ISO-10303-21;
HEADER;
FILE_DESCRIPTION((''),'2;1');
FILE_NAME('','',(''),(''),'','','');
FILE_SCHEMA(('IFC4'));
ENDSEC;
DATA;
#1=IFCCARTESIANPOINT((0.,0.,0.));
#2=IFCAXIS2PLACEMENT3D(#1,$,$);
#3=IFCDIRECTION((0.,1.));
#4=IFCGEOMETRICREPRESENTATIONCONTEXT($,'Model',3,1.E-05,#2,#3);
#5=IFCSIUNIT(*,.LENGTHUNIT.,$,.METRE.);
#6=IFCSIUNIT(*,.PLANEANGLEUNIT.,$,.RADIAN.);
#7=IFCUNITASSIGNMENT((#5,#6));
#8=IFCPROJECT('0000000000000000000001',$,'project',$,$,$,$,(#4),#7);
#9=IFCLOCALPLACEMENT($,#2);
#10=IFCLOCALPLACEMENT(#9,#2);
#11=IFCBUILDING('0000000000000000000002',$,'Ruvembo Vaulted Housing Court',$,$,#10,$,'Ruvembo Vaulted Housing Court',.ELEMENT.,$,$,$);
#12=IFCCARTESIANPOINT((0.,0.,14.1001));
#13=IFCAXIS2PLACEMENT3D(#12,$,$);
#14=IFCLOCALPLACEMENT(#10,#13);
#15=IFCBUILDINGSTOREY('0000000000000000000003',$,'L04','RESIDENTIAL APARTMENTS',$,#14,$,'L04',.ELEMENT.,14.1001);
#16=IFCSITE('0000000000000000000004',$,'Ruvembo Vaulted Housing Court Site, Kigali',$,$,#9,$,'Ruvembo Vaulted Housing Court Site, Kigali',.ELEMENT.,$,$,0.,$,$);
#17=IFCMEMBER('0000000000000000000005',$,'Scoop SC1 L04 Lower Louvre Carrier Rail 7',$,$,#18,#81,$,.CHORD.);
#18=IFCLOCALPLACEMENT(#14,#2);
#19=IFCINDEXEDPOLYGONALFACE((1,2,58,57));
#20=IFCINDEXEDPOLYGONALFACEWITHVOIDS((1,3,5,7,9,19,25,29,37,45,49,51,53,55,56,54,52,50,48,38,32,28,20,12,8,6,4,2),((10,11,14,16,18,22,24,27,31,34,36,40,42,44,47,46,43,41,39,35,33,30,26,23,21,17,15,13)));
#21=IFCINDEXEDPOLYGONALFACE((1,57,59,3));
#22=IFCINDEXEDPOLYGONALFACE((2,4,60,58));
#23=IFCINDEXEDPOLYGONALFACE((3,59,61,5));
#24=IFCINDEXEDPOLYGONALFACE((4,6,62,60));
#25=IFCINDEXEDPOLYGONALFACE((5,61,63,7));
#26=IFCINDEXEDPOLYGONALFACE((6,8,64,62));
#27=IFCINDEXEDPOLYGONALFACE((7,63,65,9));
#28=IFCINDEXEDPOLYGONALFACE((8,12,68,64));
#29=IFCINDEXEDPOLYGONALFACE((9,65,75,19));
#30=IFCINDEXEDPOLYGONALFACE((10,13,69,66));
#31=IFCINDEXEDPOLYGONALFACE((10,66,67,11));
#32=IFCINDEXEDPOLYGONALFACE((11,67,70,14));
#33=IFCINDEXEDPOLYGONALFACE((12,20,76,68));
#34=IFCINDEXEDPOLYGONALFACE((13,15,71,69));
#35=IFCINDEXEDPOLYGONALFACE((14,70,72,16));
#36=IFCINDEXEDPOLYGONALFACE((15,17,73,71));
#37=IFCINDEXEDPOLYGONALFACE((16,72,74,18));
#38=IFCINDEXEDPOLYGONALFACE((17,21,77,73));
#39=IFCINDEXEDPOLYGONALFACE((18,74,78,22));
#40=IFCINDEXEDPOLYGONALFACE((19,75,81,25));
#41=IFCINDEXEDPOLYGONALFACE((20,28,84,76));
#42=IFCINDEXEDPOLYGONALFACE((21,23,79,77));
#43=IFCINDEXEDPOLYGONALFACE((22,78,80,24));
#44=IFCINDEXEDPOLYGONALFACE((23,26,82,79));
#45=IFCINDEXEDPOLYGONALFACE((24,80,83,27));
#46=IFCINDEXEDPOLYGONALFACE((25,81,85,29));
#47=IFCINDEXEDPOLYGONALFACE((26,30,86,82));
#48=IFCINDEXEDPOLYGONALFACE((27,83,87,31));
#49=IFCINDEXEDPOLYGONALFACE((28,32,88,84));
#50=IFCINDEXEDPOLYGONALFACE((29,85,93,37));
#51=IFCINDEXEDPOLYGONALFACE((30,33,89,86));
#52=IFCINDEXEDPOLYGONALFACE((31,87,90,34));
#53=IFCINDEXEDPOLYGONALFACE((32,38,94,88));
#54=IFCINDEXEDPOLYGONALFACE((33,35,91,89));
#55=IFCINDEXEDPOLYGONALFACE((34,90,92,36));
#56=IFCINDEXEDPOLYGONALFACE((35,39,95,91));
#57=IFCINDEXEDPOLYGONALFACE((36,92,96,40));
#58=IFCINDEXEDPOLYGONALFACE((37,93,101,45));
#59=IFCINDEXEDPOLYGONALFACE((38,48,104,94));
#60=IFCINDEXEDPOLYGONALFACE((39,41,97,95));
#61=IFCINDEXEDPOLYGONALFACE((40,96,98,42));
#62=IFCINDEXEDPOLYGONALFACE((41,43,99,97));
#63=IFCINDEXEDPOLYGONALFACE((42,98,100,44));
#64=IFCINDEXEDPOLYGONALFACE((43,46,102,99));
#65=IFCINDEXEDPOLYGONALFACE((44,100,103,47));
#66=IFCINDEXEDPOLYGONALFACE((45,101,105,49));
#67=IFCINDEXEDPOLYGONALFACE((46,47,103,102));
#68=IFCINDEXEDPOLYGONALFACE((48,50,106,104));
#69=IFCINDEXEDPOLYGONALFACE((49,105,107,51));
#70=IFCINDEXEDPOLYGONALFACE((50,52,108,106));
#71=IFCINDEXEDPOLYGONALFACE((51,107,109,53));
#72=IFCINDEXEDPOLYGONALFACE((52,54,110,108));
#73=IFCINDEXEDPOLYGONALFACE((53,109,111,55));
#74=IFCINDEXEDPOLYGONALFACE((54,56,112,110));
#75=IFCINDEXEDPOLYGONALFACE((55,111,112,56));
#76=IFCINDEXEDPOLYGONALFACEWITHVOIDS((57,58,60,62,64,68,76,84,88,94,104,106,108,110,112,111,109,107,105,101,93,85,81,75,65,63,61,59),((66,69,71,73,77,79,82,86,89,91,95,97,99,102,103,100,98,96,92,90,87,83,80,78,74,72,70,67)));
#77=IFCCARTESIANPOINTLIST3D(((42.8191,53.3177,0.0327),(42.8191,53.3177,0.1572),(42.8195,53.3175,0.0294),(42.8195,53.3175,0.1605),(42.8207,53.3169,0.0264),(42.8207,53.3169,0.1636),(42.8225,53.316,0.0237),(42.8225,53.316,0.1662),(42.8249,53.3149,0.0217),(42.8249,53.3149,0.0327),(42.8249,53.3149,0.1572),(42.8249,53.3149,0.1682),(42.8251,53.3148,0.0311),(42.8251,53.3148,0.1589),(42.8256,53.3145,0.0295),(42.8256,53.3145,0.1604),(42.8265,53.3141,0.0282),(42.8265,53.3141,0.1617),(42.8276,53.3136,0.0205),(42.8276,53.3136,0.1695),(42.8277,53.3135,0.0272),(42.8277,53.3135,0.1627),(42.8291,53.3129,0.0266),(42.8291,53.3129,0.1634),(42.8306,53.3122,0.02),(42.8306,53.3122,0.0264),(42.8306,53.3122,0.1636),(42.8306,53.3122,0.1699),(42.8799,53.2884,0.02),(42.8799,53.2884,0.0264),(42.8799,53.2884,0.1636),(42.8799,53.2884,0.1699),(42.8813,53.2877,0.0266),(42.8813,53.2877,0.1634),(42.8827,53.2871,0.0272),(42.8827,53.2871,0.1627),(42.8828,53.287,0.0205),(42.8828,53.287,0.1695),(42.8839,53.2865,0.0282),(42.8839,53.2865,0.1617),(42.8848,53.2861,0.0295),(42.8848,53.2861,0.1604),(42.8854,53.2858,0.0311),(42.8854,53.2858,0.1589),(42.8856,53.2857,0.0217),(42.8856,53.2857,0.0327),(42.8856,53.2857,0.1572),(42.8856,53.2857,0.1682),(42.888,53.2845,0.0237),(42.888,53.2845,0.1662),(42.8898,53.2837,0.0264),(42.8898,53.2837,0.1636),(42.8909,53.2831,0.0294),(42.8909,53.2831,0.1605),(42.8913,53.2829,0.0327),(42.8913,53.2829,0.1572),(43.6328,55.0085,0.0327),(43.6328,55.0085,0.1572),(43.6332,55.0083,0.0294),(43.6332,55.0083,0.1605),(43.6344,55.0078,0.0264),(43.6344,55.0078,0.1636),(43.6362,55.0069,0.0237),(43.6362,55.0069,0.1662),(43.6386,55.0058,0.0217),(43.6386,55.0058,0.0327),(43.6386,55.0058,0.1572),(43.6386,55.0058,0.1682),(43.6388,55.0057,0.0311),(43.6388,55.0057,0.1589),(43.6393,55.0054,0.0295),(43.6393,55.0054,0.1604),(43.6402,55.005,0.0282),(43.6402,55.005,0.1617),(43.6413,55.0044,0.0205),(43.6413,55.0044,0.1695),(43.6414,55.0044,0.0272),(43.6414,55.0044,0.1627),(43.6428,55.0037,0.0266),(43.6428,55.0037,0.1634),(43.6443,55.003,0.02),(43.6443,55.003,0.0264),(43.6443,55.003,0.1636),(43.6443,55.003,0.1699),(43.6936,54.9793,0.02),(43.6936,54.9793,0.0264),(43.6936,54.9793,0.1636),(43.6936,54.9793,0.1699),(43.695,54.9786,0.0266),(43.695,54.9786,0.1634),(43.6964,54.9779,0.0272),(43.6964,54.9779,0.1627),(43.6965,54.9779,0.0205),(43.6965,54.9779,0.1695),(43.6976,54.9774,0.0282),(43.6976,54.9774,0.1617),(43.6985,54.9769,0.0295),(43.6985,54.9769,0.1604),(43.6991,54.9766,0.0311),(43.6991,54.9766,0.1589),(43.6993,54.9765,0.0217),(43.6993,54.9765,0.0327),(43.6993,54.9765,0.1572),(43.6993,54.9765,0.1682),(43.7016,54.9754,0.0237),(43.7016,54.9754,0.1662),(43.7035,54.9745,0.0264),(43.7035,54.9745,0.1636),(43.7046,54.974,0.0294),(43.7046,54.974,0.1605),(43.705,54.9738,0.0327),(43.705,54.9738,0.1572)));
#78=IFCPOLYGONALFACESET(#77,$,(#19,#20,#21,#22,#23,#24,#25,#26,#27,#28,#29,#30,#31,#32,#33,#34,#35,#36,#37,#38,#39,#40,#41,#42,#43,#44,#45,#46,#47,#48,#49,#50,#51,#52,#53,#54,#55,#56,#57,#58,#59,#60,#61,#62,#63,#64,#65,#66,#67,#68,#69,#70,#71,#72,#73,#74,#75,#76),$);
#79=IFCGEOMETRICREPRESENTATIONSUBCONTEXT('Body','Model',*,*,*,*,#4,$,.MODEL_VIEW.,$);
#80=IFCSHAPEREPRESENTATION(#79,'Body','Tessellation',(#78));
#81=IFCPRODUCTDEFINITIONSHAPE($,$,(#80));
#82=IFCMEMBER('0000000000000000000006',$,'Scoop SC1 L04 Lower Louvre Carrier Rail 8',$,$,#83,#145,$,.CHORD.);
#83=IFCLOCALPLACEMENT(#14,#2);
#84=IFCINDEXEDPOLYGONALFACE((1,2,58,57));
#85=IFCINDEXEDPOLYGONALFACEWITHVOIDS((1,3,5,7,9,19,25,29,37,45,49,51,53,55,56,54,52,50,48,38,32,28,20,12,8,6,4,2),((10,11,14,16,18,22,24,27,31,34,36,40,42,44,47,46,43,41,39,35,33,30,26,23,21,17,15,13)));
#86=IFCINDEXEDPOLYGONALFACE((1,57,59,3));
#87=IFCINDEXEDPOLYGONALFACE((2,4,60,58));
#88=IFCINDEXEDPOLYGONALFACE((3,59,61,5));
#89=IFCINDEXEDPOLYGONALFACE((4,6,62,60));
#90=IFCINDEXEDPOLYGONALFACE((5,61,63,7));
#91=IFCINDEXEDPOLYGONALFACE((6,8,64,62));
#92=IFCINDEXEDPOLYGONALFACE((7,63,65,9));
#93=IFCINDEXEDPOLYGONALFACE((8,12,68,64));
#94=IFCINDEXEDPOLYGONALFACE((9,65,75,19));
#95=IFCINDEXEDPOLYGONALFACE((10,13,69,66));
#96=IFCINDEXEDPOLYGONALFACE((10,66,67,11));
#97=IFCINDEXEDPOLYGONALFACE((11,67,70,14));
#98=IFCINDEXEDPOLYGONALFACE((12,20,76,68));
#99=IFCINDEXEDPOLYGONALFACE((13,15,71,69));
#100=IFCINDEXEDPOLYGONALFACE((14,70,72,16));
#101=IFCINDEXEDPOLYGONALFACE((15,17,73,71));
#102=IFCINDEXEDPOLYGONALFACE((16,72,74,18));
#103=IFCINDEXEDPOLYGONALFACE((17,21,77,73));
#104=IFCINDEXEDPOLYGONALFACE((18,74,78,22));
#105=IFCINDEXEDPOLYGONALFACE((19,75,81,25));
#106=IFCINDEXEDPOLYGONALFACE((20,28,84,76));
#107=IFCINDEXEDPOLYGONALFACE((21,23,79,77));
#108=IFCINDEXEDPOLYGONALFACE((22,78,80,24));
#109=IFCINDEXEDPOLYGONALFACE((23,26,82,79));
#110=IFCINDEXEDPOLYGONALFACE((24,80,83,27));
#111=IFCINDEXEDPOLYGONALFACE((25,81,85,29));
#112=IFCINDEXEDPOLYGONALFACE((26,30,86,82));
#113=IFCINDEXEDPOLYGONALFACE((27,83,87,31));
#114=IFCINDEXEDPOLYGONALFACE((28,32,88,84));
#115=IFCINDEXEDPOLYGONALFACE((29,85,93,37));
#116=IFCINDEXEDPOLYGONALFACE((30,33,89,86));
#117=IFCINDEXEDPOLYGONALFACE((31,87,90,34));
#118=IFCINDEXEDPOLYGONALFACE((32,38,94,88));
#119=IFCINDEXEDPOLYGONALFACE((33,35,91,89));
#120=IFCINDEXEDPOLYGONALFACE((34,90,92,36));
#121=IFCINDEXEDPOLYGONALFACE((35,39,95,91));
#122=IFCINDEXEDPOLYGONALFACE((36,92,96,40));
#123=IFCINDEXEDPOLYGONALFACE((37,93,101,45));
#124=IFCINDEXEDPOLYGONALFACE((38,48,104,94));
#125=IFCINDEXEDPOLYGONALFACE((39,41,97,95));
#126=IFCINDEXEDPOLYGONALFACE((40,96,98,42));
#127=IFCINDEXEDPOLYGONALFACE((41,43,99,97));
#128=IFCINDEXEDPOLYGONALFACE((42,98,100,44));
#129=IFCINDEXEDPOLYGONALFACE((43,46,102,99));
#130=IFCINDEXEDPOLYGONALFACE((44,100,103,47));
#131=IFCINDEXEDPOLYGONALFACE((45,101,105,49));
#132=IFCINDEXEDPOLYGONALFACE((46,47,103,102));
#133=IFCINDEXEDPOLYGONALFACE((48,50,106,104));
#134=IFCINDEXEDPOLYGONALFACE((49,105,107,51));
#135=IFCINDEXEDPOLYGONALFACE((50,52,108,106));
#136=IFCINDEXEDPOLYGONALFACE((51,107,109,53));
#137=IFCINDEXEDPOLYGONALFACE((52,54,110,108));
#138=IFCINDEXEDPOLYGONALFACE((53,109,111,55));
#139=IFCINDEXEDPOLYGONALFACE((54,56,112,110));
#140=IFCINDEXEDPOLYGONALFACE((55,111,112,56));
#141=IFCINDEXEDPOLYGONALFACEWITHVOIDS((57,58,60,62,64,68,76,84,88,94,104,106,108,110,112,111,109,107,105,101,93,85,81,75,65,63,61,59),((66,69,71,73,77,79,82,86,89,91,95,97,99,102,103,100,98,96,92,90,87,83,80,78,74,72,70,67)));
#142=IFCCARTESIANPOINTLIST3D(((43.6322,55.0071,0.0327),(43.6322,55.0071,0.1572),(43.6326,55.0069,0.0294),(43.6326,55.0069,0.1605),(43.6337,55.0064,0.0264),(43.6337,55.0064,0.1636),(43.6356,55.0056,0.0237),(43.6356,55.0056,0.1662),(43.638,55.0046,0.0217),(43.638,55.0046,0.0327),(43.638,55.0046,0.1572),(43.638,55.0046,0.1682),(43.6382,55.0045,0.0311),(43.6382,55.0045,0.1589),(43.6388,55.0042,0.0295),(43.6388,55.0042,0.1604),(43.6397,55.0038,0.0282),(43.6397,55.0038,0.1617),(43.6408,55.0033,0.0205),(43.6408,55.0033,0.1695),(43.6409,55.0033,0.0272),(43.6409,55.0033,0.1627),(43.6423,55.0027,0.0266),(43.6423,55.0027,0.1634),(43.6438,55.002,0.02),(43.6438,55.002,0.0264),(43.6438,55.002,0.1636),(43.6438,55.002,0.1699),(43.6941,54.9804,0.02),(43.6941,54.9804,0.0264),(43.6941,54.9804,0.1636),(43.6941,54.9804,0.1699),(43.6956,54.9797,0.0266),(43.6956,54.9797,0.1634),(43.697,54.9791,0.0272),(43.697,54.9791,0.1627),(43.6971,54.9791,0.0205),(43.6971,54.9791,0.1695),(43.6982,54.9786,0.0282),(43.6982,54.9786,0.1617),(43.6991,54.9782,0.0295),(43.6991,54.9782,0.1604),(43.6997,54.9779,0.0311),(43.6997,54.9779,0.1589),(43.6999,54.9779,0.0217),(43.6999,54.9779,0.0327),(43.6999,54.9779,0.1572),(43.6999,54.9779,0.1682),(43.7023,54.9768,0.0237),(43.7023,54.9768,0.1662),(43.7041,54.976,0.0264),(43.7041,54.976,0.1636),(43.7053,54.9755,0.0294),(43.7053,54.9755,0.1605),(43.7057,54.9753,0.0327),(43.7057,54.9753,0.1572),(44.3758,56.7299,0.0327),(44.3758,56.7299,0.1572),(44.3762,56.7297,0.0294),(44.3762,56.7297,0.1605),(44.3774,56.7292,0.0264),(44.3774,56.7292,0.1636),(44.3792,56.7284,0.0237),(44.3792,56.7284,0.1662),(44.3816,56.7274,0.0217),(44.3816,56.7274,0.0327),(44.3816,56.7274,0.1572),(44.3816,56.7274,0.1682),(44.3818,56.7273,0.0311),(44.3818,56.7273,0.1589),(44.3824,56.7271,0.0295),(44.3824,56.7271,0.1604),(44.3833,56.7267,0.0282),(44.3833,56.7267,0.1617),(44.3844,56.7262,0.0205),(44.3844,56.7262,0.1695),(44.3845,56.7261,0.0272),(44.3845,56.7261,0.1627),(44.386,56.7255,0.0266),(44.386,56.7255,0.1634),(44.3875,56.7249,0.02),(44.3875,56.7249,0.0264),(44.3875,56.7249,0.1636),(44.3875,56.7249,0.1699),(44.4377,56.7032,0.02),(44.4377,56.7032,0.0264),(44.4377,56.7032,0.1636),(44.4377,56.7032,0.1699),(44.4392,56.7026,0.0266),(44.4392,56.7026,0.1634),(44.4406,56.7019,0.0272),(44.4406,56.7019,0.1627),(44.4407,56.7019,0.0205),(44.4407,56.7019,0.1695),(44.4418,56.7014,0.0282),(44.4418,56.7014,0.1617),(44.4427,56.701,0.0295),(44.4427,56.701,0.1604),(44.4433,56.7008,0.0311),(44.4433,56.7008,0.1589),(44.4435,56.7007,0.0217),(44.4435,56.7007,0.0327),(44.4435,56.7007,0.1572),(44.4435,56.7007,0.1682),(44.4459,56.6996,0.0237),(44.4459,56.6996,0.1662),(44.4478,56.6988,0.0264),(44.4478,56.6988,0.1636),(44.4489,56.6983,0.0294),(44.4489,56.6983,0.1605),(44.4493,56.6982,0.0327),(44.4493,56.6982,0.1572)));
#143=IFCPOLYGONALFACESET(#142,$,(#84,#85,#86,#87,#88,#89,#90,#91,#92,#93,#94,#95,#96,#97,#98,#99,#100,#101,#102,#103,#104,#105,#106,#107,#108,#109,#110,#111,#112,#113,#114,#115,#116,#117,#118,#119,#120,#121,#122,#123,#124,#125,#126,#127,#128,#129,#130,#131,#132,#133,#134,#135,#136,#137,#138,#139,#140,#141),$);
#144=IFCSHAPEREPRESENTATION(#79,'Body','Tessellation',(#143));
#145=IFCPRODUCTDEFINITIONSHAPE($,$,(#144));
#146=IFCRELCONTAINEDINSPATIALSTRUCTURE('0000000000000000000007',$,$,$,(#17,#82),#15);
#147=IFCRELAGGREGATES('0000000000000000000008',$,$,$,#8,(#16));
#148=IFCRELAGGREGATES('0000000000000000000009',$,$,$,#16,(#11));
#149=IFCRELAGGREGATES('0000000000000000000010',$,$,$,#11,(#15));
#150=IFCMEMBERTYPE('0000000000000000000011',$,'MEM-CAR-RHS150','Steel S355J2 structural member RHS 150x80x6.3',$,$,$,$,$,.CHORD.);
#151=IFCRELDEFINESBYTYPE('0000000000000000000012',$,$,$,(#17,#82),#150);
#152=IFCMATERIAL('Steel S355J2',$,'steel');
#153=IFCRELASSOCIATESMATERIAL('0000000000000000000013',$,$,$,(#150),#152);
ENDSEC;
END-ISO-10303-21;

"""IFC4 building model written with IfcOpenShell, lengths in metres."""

from ifc_helpers import new_model, si_unit, direction, frame, origin, origin_2d, place, context, subcontext, project, spatial, hollow_rectangle, extrude, material, material_profile, profile_set, type_object, element, save


model = new_model("IFC4")

# Units and contexts
model_context = context("Model", 3, precision=1e-05, world=origin(), true_north=direction((0.0, 1.0)))
body_context = subcontext(model_context, "Body", "Model", "MODEL_VIEW")
ifc_project = project(units=[si_unit("LENGTHUNIT", "METRE"), si_unit("PLANEANGLEUNIT", "RADIAN")], contexts=[model_context])

# Site, building, storey
site_placement = place(None, origin())
site = spatial("IfcSite", under=ifc_project, at=site_placement, Name="Ruvembo Vaulted Housing Court Site, Kigali", LongName="Ruvembo Vaulted Housing Court Site, Kigali", CompositionType="ELEMENT", RefElevation=0.0)
building_placement = place(site_placement, origin())
building = spatial("IfcBuilding", under=site, at=building_placement, Name="Ruvembo Vaulted Housing Court", LongName="Ruvembo Vaulted Housing Court", CompositionType="ELEMENT")
storey_placement = place(building_placement, frame((0.0, 0.0, 14.1001)))
storey = spatial("IfcBuildingStorey", under=building, at=storey_placement, Name="L04", Description="RESIDENTIAL APARTMENTS", LongName="L04", CompositionType="ELEMENT", Elevation=14.1001)

# Shared definitions
ifc_material_1 = material(Name="Steel S355J2", Category="steel")

# Members
ifc_material_profile_1 = material_profile(ifc_material_1, hollow_rectangle(XDim=0.0801, YDim=0.1499, WallThickness=0.0063, InnerFilletRadius=0.0063, OuterFilletRadius=0.0127, at=origin_2d()), Name="RHS 150x80x6.3")
ifc_profile_set_1 = profile_set([ifc_material_profile_1], Name="Steel S355J2")
member_type_1 = type_object("IfcMemberType", Name="MEM-CAR-RHS150", Description="Steel S355J2 structural member RHS 150x80x6.3", PredefinedType="CHORD", material=ifc_profile_set_1)
for number, where, z_axis, x_axis, name in (
    (1, (42.8552, 53.3003, 0.095), (0.433632, 0.90109, 0.0), (-0.90109, 0.433632, 0.0), "Scoop SC1 L04 Lower Louvre Carrier Rail 7"),
    (2, (43.6689, 54.9912, 0.095), (0.396289, 0.918126, 0.0), (-0.918126, 0.396289, 0.0), "Scoop SC1 L04 Lower Louvre Carrier Rail 8"),
):
    element("IfcMember", number, at=place(storey_placement, frame(where, z_axis=z_axis, x_axis=x_axis)), inside=storey, type_object=member_type_1, Name=name, PredefinedType="CHORD", context=body_context, shape_type="SweptSolid", body=[
        extrude(hollow_rectangle(XDim=0.0801, YDim=0.1499, WallThickness=0.0063, InnerFilletRadius=0.0063, OuterFilletRadius=0.0127, at=origin_2d()), origin(), (0.0, 0.0, 1.0), 1.8765),
    ])

save(model, "model.ifc")
